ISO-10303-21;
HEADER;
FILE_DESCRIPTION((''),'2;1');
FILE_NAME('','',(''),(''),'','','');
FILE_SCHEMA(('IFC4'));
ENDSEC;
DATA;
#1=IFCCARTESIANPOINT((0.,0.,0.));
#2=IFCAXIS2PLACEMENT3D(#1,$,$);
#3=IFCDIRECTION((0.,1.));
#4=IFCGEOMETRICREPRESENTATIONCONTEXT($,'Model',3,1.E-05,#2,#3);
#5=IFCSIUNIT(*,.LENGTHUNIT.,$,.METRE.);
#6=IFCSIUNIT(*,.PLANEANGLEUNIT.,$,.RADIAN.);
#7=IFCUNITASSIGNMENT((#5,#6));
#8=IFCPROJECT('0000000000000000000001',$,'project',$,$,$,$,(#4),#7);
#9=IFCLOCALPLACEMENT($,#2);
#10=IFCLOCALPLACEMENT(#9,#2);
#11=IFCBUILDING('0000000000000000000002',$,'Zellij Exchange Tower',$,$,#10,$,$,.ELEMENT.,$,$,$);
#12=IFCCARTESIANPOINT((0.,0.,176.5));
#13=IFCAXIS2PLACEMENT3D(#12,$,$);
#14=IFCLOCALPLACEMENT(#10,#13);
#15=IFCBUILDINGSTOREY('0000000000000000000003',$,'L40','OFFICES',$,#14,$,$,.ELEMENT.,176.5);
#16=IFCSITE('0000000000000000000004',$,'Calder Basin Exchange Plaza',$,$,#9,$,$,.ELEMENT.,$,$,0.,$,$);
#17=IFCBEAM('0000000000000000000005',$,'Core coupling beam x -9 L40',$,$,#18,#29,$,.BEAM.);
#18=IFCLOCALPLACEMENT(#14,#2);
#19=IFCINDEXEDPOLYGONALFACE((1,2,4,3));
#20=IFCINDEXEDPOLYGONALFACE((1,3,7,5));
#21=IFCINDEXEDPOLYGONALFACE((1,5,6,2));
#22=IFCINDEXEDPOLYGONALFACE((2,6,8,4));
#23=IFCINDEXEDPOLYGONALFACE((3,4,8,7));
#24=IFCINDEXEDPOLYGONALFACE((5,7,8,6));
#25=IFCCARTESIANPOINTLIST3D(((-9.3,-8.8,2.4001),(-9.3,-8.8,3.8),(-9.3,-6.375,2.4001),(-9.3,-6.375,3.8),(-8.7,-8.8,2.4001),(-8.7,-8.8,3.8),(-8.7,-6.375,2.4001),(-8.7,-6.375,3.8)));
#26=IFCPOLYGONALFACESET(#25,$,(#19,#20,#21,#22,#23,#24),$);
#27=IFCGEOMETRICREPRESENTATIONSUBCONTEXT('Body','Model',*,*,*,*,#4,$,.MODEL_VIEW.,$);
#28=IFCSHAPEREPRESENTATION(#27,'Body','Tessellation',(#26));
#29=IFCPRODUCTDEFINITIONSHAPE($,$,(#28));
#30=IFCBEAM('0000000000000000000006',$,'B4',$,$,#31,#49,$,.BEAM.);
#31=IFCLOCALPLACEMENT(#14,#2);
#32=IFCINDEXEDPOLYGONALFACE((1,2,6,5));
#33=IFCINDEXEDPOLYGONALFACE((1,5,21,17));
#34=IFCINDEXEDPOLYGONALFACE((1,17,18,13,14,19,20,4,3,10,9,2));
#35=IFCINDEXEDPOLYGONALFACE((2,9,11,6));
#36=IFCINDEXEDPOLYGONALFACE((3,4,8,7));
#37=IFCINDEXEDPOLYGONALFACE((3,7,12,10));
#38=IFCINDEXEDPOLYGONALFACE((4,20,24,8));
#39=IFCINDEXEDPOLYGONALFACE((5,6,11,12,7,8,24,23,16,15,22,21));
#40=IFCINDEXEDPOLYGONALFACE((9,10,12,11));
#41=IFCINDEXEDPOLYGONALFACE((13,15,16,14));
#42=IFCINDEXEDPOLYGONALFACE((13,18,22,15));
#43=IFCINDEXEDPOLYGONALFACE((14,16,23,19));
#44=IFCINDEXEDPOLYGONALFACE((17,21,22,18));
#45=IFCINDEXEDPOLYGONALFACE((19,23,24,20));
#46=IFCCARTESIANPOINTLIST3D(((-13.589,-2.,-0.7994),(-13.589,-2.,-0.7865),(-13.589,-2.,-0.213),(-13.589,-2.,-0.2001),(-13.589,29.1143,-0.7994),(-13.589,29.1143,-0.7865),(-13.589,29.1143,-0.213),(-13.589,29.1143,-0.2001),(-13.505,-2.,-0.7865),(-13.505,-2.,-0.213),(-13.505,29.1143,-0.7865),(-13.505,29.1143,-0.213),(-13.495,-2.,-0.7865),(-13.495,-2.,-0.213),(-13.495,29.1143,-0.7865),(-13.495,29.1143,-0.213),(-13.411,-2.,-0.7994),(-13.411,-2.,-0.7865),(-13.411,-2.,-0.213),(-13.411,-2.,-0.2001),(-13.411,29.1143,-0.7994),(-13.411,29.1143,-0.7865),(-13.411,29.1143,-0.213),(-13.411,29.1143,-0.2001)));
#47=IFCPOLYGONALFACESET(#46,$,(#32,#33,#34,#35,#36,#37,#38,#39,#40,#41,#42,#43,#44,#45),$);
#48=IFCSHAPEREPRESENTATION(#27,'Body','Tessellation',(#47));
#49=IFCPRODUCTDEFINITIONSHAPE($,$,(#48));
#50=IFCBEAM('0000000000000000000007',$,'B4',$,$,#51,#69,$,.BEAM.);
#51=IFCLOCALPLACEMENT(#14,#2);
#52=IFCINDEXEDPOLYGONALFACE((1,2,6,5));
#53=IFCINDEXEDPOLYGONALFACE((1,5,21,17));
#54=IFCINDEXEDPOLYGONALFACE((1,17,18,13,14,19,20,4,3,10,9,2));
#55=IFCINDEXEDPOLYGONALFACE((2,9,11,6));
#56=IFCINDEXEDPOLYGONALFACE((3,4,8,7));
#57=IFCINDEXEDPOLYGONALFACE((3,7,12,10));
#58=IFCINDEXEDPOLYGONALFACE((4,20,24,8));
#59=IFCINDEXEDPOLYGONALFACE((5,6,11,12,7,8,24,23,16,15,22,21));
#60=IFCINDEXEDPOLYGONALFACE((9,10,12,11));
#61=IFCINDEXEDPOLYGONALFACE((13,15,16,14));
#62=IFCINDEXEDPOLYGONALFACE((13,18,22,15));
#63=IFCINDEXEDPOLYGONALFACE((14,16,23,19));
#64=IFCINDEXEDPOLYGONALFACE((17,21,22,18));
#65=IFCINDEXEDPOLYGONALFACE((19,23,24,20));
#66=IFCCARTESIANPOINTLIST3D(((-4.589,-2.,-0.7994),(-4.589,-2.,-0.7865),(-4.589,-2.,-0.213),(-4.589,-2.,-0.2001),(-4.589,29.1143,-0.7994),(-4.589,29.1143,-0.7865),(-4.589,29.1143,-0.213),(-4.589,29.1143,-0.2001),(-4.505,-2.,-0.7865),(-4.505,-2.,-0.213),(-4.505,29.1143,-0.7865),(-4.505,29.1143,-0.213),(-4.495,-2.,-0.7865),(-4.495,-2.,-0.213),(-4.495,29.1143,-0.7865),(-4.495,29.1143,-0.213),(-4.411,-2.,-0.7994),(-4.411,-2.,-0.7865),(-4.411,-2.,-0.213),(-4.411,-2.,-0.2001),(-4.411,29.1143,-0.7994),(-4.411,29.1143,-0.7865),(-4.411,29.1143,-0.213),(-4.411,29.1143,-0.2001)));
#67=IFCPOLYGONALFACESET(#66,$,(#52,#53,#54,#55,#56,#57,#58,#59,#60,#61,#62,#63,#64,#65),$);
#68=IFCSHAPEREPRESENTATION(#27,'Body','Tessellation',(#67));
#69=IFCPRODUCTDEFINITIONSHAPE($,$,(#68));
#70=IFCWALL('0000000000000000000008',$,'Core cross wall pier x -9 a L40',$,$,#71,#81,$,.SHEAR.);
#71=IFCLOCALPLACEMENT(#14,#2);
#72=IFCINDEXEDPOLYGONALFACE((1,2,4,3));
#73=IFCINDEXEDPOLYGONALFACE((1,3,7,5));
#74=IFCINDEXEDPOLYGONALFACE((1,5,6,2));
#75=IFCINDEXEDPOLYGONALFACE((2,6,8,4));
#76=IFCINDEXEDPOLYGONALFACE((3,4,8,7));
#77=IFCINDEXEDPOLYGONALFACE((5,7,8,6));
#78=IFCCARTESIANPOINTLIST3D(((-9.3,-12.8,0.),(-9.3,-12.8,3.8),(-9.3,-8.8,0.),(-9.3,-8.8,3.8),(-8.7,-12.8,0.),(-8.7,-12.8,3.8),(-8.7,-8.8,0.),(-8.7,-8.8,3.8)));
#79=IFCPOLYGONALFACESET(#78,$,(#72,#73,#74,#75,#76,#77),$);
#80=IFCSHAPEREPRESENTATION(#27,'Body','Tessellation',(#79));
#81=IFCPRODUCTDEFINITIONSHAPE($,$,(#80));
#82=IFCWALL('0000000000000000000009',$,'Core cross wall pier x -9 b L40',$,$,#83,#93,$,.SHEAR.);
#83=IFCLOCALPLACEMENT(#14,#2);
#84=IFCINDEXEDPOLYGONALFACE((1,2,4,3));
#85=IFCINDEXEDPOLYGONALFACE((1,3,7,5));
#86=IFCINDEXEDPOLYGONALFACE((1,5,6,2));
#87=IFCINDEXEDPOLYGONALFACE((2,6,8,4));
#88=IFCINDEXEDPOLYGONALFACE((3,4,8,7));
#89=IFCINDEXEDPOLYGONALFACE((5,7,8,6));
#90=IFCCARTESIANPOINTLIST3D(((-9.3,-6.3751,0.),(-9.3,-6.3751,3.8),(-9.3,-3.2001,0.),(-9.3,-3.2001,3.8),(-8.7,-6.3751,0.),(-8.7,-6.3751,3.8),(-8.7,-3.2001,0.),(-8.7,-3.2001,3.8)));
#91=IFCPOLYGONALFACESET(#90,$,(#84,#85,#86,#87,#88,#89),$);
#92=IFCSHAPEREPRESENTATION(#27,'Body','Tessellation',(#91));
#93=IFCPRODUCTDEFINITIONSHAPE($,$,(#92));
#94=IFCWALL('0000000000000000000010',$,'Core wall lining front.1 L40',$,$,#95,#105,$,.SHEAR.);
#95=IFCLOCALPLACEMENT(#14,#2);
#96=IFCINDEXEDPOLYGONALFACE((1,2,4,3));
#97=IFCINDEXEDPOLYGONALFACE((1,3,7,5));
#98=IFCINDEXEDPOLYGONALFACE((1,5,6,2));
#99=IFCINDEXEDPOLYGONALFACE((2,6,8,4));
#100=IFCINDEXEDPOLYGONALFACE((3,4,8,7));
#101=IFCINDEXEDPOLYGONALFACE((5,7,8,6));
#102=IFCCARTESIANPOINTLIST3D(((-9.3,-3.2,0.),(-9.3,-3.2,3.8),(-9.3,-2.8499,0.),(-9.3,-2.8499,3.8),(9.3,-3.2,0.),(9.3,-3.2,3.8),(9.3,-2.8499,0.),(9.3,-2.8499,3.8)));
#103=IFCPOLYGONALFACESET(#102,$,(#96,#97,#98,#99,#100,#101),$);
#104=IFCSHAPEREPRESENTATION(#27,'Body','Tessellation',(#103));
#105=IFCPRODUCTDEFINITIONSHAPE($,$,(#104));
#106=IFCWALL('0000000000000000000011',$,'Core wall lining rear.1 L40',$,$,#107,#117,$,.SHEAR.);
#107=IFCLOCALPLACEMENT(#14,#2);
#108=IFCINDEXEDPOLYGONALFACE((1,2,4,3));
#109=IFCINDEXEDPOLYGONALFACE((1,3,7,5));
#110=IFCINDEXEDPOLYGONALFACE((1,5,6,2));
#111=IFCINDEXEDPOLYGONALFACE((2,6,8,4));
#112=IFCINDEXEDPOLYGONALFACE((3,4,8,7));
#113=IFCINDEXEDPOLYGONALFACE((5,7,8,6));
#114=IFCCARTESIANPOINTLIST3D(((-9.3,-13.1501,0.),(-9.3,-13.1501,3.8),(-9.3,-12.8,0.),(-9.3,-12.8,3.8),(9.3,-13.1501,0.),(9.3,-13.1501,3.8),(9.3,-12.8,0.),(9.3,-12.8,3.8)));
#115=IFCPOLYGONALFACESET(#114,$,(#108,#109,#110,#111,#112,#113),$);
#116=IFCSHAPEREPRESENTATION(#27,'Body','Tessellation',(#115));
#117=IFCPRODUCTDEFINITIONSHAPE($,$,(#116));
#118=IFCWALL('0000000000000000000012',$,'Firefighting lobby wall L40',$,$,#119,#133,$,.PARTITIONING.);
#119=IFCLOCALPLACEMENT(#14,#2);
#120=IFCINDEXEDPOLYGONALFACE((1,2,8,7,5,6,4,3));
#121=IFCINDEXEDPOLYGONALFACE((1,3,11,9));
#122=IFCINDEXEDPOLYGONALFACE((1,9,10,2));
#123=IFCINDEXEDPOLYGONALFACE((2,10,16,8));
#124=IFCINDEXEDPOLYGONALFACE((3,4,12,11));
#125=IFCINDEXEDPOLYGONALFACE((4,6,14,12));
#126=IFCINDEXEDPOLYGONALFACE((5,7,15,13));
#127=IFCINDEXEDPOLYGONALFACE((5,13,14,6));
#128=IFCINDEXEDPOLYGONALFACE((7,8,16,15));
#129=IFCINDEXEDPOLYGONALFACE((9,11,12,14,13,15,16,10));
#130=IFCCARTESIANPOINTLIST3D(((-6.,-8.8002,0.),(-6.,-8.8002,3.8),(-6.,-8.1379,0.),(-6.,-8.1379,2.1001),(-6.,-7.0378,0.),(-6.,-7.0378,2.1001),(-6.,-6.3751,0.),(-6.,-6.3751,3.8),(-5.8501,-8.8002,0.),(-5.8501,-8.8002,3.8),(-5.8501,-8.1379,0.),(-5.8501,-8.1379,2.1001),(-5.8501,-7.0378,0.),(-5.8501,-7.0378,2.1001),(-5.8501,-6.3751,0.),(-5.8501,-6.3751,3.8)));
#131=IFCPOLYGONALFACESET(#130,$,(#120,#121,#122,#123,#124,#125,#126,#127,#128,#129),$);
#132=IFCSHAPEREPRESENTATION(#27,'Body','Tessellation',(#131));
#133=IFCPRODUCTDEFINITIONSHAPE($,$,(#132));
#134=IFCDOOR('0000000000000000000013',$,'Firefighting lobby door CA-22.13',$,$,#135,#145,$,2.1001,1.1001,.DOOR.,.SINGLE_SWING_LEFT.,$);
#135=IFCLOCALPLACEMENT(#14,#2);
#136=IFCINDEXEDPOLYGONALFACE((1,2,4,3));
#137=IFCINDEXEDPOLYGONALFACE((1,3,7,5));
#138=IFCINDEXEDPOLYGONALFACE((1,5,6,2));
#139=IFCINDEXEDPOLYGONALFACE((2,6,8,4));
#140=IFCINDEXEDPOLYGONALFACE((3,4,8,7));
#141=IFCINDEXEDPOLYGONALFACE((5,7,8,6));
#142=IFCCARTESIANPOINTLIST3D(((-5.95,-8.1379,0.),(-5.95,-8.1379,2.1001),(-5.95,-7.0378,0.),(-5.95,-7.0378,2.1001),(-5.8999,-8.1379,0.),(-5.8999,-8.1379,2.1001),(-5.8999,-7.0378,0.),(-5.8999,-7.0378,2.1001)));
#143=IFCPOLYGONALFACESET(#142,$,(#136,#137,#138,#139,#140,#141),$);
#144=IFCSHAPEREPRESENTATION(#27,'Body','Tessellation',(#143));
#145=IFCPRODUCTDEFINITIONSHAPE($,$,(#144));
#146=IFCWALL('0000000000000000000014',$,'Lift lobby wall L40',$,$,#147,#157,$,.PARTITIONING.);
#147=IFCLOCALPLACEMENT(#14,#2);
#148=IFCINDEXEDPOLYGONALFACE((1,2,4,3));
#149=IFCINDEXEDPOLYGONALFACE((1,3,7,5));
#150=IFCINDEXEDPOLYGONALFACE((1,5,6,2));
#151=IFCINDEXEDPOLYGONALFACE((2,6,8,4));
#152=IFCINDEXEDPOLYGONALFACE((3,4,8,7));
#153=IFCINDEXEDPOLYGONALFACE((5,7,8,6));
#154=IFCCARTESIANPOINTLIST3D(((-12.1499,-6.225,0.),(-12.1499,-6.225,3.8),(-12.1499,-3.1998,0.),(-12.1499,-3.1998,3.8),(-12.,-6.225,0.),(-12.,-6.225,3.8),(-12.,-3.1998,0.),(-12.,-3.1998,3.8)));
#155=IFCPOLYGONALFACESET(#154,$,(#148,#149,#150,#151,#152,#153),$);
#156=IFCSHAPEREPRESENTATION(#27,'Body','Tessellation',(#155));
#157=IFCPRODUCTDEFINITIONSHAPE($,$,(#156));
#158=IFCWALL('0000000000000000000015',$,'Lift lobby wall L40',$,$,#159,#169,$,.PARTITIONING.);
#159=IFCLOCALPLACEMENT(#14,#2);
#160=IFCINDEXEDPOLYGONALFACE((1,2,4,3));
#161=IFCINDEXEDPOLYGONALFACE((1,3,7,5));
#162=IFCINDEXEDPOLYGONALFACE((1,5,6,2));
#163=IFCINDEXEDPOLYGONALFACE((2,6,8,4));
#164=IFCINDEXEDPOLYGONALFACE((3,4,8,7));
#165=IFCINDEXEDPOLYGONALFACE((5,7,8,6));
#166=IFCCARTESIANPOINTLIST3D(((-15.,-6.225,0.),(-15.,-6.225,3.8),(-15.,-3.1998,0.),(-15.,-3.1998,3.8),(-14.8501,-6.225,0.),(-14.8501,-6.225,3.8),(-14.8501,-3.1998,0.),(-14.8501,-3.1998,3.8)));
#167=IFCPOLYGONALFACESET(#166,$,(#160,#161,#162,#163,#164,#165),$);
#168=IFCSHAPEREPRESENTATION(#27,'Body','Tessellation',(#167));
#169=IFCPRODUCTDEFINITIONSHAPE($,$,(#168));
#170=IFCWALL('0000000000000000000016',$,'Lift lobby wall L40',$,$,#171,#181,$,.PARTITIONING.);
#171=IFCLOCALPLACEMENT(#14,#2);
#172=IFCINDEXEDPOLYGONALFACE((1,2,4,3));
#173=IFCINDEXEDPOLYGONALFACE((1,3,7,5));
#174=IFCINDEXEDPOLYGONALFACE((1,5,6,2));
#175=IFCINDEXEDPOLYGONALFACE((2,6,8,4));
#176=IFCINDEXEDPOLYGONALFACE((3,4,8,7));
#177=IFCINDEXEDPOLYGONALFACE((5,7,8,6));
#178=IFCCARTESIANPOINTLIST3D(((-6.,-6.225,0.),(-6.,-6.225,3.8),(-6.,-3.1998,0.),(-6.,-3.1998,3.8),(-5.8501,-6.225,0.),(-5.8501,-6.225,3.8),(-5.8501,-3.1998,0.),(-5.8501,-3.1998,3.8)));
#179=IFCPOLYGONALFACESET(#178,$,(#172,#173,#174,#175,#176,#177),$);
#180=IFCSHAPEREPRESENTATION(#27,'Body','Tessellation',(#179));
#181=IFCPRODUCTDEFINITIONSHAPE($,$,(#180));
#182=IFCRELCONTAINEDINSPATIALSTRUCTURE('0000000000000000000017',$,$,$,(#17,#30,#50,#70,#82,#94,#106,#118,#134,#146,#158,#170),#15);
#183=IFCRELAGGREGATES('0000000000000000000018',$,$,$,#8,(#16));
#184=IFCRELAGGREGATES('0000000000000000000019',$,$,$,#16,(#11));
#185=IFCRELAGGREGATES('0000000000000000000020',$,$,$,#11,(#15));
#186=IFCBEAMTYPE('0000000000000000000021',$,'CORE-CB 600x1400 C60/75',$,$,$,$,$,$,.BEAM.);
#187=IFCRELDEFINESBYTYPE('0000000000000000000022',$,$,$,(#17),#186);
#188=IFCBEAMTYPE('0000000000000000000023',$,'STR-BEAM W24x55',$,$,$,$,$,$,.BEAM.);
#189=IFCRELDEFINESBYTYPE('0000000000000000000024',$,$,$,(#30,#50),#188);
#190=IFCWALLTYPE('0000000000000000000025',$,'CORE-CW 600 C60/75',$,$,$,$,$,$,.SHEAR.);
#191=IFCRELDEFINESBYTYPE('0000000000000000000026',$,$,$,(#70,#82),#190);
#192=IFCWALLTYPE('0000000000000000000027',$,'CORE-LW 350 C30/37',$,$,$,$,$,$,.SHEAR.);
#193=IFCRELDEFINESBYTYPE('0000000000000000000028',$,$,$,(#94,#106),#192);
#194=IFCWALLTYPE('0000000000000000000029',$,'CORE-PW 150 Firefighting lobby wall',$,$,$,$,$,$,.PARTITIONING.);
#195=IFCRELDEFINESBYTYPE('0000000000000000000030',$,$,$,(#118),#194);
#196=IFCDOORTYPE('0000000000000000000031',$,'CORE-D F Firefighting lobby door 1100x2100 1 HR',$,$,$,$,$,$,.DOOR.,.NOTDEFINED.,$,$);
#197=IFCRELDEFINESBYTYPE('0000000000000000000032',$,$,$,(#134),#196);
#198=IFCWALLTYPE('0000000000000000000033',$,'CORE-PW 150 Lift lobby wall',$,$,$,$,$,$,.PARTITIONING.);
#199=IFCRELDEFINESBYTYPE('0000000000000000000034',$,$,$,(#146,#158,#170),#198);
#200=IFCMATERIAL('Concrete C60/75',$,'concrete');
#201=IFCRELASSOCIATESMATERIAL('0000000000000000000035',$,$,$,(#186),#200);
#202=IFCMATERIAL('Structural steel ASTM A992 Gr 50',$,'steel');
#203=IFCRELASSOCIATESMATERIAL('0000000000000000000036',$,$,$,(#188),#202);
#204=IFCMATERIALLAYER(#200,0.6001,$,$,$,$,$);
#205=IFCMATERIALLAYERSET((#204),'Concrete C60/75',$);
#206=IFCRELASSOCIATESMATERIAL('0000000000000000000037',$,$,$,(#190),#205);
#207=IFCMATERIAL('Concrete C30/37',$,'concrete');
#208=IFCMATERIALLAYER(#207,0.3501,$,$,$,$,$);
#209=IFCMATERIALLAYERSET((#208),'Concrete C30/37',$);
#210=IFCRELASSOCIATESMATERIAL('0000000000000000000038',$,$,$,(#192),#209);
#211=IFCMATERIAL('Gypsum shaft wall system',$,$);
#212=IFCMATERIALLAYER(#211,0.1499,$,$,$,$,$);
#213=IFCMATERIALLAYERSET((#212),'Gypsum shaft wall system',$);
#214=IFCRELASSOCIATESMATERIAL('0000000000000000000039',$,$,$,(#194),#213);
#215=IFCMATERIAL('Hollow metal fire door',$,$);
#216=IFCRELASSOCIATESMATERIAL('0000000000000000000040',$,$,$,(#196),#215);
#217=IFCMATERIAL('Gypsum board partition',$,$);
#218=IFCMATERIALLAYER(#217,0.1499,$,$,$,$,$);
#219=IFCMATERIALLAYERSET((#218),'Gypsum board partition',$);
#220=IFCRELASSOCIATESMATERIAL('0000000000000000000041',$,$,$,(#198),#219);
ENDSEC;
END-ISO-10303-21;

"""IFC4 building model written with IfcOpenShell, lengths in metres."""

from ifc_helpers import new_model, si_unit, direction, frame, frame_2d, origin, origin_2d, place, context, subcontext, project, spatial, rectangle, i_section, extrude, material, layer, layer_set, material_profile, profile_set, type_object, element, fill, save


model = new_model("IFC4")

# Units and contexts
model_context = context("Model", 3, precision=1e-05, world=origin(), true_north=direction((0.0, 1.0)))
body_context = subcontext(model_context, "Body", "Model", "MODEL_VIEW")
ifc_project = project(units=[si_unit("LENGTHUNIT", "METRE"), si_unit("PLANEANGLEUNIT", "RADIAN")], contexts=[model_context])

# Site, building, storey
site_placement = place(None, origin())
site = spatial("IfcSite", under=ifc_project, at=site_placement, Name="Calder Basin Exchange Plaza", CompositionType="ELEMENT", RefElevation=0.0)
building_placement = place(site_placement, origin())
building = spatial("IfcBuilding", under=site, at=building_placement, Name="Zellij Exchange Tower", CompositionType="ELEMENT")
storey_placement = place(building_placement, frame((0.0, 0.0, 176.5)))
storey = spatial("IfcBuildingStorey", under=building, at=storey_placement, Name="L40", Description="OFFICES", CompositionType="ELEMENT", Elevation=176.5)

# Beams
ifc_material_1 = material(Name="Concrete C60/75", Category="concrete")
ifc_material_profile_1 = material_profile(ifc_material_1, rectangle(XDim=0.6001, YDim=1.3999, at=origin_2d()), Name="CORE-CB 600x1400 C60/75")
ifc_profile_set_1 = profile_set([ifc_material_profile_1], Name="Concrete C60/75")
beam_type_1 = type_object("IfcBeamType", Name="CORE-CB 600x1400 C60/75", PredefinedType="BEAM", material=ifc_profile_set_1)
beam_placement = place(storey_placement, frame((-9.0, -8.8, 3.1001), z_axis=(0.0, 1.0, 0.0), x_axis=(-1.0, 0.0, 0.0)))
element("IfcBeam", 1, at=beam_placement, inside=storey, type_object=beam_type_1, Name="Core coupling beam x -9 L40", PredefinedType="BEAM", context=body_context, shape_type="SweptSolid", body=[
    extrude(rectangle(XDim=0.6001, YDim=1.3999, at=origin_2d()), origin(), (0.0, 0.0, 1.0), 2.425),
])
ifc_material_2 = material(Name="Structural steel ASTM A992 Gr 50", Category="steel")
ifc_material_profile_2 = material_profile(ifc_material_2, i_section(OverallWidth=0.178, OverallDepth=0.5994, WebThickness=0.01, FlangeThickness=0.0129, at=origin_2d()), Name="W24x55")
ifc_profile_set_2 = profile_set([ifc_material_profile_2], Name="Structural steel ASTM A992 Gr 50")
beam_type_2 = type_object("IfcBeamType", Name="STR-BEAM W24x55", PredefinedType="BEAM", material=ifc_profile_set_2)
for number, where, z_axis, x_axis, name in (
    (2, (-13.5, -2.0, -0.4998), (0.0, 1.0, 0.0), (-1.0, 0.0, 0.0), "B4"),
    (3, (-4.5, -2.0, -0.4998), (0.0, 1.0, 0.0), (-1.0, 0.0, 0.0), "B4"),
):
    element("IfcBeam", number, at=place(storey_placement, frame(where, z_axis=z_axis, x_axis=x_axis)), inside=storey, type_object=beam_type_2, Name=name, PredefinedType="BEAM", context=body_context, shape_type="SweptSolid", body=[
        extrude(i_section(OverallWidth=0.178, OverallDepth=0.5994, WebThickness=0.01, FlangeThickness=0.0129, at=origin_2d()), origin(), (0.0, 0.0, 1.0), 31.1143),
    ])

# Walls
ifc_layer_1 = layer(ifc_material_1, 0.6001)
ifc_layer_set_1 = layer_set([ifc_layer_1], Name="Concrete C60/75")
wall_type_1 = type_object("IfcWallType", Name="CORE-CW 600 C60/75", PredefinedType="SHEAR", material=ifc_layer_set_1)
wall_1_placement = place(storey_placement, frame((-9.0, -12.8, 0.0), z_axis=(0.0, 0.0, 1.0), x_axis=(0.0, 1.0, 0.0)))
element("IfcWall", 4, at=wall_1_placement, inside=storey, type_object=wall_type_1, Name="Core cross wall pier x -9 a L40", PredefinedType="SHEAR", context=body_context, shape_type="SweptSolid", body=[
    extrude(rectangle(XDim=4.0, YDim=0.6001, at=frame_2d((2.0, 0.0))), origin(), (0.0, 0.0, 1.0), 3.8),
])
wall_2_placement = place(storey_placement, frame((-9.0, -6.375, 0.0), z_axis=(0.0, 0.0, 1.0), x_axis=(0.0, 1.0, 0.0)))
element("IfcWall", 5, at=wall_2_placement, inside=storey, type_object=wall_type_1, Name="Core cross wall pier x -9 b L40", PredefinedType="SHEAR", context=body_context, shape_type="SweptSolid", body=[
    extrude(rectangle(XDim=3.175, YDim=0.6001, at=frame_2d((1.5874, 0.0))), origin(), (0.0, 0.0, 1.0), 3.8),
])
ifc_material_3 = material(Name="Concrete C30/37", Category="concrete")
ifc_layer_2 = layer(ifc_material_3, 0.3501)
ifc_layer_set_2 = layer_set([ifc_layer_2], Name="Concrete C30/37")
wall_type_2 = type_object("IfcWallType", Name="CORE-LW 350 C30/37", PredefinedType="SHEAR", material=ifc_layer_set_2)
for number, where, z_axis, x_axis, name in (
    (6, (-9.3, -3.0249, 0.0), (0.0, 0.0, 1.0), (1.0, 0.0, 0.0), "Core wall lining front.1 L40"),
    (7, (-9.3, -12.9751, 0.0), (0.0, 0.0, 1.0), (1.0, 0.0, 0.0), "Core wall lining rear.1 L40"),
):
    element("IfcWall", number, at=place(storey_placement, frame(where, z_axis=z_axis, x_axis=x_axis)), inside=storey, type_object=wall_type_2, Name=name, PredefinedType="SHEAR", context=body_context, shape_type="SweptSolid", body=[
        extrude(rectangle(XDim=18.6001, YDim=0.3501, at=frame_2d((9.3, 0.0))), origin(), (0.0, 0.0, 1.0), 3.8),
    ])

# Wall, opening, door
ifc_material_4 = material(Name="Gypsum shaft wall system")
ifc_layer_3 = layer(ifc_material_4, 0.1499)
ifc_layer_set_3 = layer_set([ifc_layer_3], Name="Gypsum shaft wall system")
wall_type_3 = type_object("IfcWallType", Name="CORE-PW 150 Firefighting lobby wall", PredefinedType="PARTITIONING", material=ifc_layer_set_3)
wall_3_placement = place(storey_placement, frame((-5.925, -8.8, 0.0), z_axis=(0.0, 0.0, 1.0), x_axis=(0.0, 1.0, 0.0)))
wall_3 = element("IfcWall", 8, at=wall_3_placement, inside=storey, type_object=wall_type_3, Name="Firefighting lobby wall L40", PredefinedType="PARTITIONING", context=body_context, shape_type="SweptSolid", body=[
    extrude(rectangle(XDim=2.425, YDim=0.1499, at=frame_2d((1.2124, 0.0))), origin(), (0.0, 0.0, 1.0), 3.8),
])
opening_1_placement = place(wall_3_placement, frame((0.6621, 0.0, 0.0)))
opening_1 = element("IfcOpeningElement", 9, at=opening_1_placement, cuts=wall_3, PredefinedType="OPENING", context=body_context, shape_type="SweptSolid", body=[
    extrude(rectangle(XDim=1.1001, YDim=2.1001, at=frame_2d((0.55, 1.05))), frame((0.0, 0.0869, 0.0), z_axis=(0.0, -1.0, 0.0), x_axis=(1.0, 0.0, 0.0)), (0.0, 0.0, 1.0), 0.1738),
])
ifc_material_5 = material(Name="Hollow metal fire door")
door_type_1 = type_object("IfcDoorType", Name="CORE-D F Firefighting lobby door 1100x2100 1 HR", OperationType="NOTDEFINED", PredefinedType="DOOR", material=ifc_material_5)
door_1_placement = place(opening_1_placement, origin())
door_1 = element("IfcDoor", 10, at=door_1_placement, inside=storey, type_object=door_type_1, Name="Firefighting lobby door CA-22.13", OperationType="SINGLE_SWING_LEFT", OverallHeight=2.1001, OverallWidth=1.1001, PredefinedType="DOOR", context=body_context, shape_type="SweptSolid", body=[
    extrude(rectangle(XDim=1.1001, YDim=2.1001, at=frame_2d((0.55, 1.05))), frame((0.0, 0.0249, 0.0), z_axis=(0.0, -1.0, 0.0), x_axis=(1.0, 0.0, 0.0)), (0.0, 0.0, 1.0), 0.05),
])
fill(opening_1, door_1)

# Walls
ifc_material_6 = material(Name="Gypsum board partition")
ifc_layer_4 = layer(ifc_material_6, 0.1499)
ifc_layer_set_4 = layer_set([ifc_layer_4], Name="Gypsum board partition")
wall_type_4 = type_object("IfcWallType", Name="CORE-PW 150 Lift lobby wall", PredefinedType="PARTITIONING", material=ifc_layer_set_4)
for number, where, z_axis, x_axis, name in (
    (11, (-12.075, -6.2251, 0.0), (0.0, 0.0, 1.0), (0.0, 1.0, 0.0), "Lift lobby wall L40"),
    (12, (-14.925, -6.2251, 0.0), (0.0, 0.0, 1.0), (0.0, 1.0, 0.0), "Lift lobby wall L40"),
    (13, (-5.925, -6.2251, 0.0), (0.0, 0.0, 1.0), (0.0, 1.0, 0.0), "Lift lobby wall L40"),
):
    element("IfcWall", number, at=place(storey_placement, frame(where, z_axis=z_axis, x_axis=x_axis)), inside=storey, type_object=wall_type_4, Name=name, PredefinedType="PARTITIONING", context=body_context, shape_type="SweptSolid", body=[
        extrude(rectangle(XDim=3.0251, YDim=0.1499, at=frame_2d((1.5127, 0.0))), origin(), (0.0, 0.0, 1.0), 3.8),
    ])

save(model, "model.ifc")
